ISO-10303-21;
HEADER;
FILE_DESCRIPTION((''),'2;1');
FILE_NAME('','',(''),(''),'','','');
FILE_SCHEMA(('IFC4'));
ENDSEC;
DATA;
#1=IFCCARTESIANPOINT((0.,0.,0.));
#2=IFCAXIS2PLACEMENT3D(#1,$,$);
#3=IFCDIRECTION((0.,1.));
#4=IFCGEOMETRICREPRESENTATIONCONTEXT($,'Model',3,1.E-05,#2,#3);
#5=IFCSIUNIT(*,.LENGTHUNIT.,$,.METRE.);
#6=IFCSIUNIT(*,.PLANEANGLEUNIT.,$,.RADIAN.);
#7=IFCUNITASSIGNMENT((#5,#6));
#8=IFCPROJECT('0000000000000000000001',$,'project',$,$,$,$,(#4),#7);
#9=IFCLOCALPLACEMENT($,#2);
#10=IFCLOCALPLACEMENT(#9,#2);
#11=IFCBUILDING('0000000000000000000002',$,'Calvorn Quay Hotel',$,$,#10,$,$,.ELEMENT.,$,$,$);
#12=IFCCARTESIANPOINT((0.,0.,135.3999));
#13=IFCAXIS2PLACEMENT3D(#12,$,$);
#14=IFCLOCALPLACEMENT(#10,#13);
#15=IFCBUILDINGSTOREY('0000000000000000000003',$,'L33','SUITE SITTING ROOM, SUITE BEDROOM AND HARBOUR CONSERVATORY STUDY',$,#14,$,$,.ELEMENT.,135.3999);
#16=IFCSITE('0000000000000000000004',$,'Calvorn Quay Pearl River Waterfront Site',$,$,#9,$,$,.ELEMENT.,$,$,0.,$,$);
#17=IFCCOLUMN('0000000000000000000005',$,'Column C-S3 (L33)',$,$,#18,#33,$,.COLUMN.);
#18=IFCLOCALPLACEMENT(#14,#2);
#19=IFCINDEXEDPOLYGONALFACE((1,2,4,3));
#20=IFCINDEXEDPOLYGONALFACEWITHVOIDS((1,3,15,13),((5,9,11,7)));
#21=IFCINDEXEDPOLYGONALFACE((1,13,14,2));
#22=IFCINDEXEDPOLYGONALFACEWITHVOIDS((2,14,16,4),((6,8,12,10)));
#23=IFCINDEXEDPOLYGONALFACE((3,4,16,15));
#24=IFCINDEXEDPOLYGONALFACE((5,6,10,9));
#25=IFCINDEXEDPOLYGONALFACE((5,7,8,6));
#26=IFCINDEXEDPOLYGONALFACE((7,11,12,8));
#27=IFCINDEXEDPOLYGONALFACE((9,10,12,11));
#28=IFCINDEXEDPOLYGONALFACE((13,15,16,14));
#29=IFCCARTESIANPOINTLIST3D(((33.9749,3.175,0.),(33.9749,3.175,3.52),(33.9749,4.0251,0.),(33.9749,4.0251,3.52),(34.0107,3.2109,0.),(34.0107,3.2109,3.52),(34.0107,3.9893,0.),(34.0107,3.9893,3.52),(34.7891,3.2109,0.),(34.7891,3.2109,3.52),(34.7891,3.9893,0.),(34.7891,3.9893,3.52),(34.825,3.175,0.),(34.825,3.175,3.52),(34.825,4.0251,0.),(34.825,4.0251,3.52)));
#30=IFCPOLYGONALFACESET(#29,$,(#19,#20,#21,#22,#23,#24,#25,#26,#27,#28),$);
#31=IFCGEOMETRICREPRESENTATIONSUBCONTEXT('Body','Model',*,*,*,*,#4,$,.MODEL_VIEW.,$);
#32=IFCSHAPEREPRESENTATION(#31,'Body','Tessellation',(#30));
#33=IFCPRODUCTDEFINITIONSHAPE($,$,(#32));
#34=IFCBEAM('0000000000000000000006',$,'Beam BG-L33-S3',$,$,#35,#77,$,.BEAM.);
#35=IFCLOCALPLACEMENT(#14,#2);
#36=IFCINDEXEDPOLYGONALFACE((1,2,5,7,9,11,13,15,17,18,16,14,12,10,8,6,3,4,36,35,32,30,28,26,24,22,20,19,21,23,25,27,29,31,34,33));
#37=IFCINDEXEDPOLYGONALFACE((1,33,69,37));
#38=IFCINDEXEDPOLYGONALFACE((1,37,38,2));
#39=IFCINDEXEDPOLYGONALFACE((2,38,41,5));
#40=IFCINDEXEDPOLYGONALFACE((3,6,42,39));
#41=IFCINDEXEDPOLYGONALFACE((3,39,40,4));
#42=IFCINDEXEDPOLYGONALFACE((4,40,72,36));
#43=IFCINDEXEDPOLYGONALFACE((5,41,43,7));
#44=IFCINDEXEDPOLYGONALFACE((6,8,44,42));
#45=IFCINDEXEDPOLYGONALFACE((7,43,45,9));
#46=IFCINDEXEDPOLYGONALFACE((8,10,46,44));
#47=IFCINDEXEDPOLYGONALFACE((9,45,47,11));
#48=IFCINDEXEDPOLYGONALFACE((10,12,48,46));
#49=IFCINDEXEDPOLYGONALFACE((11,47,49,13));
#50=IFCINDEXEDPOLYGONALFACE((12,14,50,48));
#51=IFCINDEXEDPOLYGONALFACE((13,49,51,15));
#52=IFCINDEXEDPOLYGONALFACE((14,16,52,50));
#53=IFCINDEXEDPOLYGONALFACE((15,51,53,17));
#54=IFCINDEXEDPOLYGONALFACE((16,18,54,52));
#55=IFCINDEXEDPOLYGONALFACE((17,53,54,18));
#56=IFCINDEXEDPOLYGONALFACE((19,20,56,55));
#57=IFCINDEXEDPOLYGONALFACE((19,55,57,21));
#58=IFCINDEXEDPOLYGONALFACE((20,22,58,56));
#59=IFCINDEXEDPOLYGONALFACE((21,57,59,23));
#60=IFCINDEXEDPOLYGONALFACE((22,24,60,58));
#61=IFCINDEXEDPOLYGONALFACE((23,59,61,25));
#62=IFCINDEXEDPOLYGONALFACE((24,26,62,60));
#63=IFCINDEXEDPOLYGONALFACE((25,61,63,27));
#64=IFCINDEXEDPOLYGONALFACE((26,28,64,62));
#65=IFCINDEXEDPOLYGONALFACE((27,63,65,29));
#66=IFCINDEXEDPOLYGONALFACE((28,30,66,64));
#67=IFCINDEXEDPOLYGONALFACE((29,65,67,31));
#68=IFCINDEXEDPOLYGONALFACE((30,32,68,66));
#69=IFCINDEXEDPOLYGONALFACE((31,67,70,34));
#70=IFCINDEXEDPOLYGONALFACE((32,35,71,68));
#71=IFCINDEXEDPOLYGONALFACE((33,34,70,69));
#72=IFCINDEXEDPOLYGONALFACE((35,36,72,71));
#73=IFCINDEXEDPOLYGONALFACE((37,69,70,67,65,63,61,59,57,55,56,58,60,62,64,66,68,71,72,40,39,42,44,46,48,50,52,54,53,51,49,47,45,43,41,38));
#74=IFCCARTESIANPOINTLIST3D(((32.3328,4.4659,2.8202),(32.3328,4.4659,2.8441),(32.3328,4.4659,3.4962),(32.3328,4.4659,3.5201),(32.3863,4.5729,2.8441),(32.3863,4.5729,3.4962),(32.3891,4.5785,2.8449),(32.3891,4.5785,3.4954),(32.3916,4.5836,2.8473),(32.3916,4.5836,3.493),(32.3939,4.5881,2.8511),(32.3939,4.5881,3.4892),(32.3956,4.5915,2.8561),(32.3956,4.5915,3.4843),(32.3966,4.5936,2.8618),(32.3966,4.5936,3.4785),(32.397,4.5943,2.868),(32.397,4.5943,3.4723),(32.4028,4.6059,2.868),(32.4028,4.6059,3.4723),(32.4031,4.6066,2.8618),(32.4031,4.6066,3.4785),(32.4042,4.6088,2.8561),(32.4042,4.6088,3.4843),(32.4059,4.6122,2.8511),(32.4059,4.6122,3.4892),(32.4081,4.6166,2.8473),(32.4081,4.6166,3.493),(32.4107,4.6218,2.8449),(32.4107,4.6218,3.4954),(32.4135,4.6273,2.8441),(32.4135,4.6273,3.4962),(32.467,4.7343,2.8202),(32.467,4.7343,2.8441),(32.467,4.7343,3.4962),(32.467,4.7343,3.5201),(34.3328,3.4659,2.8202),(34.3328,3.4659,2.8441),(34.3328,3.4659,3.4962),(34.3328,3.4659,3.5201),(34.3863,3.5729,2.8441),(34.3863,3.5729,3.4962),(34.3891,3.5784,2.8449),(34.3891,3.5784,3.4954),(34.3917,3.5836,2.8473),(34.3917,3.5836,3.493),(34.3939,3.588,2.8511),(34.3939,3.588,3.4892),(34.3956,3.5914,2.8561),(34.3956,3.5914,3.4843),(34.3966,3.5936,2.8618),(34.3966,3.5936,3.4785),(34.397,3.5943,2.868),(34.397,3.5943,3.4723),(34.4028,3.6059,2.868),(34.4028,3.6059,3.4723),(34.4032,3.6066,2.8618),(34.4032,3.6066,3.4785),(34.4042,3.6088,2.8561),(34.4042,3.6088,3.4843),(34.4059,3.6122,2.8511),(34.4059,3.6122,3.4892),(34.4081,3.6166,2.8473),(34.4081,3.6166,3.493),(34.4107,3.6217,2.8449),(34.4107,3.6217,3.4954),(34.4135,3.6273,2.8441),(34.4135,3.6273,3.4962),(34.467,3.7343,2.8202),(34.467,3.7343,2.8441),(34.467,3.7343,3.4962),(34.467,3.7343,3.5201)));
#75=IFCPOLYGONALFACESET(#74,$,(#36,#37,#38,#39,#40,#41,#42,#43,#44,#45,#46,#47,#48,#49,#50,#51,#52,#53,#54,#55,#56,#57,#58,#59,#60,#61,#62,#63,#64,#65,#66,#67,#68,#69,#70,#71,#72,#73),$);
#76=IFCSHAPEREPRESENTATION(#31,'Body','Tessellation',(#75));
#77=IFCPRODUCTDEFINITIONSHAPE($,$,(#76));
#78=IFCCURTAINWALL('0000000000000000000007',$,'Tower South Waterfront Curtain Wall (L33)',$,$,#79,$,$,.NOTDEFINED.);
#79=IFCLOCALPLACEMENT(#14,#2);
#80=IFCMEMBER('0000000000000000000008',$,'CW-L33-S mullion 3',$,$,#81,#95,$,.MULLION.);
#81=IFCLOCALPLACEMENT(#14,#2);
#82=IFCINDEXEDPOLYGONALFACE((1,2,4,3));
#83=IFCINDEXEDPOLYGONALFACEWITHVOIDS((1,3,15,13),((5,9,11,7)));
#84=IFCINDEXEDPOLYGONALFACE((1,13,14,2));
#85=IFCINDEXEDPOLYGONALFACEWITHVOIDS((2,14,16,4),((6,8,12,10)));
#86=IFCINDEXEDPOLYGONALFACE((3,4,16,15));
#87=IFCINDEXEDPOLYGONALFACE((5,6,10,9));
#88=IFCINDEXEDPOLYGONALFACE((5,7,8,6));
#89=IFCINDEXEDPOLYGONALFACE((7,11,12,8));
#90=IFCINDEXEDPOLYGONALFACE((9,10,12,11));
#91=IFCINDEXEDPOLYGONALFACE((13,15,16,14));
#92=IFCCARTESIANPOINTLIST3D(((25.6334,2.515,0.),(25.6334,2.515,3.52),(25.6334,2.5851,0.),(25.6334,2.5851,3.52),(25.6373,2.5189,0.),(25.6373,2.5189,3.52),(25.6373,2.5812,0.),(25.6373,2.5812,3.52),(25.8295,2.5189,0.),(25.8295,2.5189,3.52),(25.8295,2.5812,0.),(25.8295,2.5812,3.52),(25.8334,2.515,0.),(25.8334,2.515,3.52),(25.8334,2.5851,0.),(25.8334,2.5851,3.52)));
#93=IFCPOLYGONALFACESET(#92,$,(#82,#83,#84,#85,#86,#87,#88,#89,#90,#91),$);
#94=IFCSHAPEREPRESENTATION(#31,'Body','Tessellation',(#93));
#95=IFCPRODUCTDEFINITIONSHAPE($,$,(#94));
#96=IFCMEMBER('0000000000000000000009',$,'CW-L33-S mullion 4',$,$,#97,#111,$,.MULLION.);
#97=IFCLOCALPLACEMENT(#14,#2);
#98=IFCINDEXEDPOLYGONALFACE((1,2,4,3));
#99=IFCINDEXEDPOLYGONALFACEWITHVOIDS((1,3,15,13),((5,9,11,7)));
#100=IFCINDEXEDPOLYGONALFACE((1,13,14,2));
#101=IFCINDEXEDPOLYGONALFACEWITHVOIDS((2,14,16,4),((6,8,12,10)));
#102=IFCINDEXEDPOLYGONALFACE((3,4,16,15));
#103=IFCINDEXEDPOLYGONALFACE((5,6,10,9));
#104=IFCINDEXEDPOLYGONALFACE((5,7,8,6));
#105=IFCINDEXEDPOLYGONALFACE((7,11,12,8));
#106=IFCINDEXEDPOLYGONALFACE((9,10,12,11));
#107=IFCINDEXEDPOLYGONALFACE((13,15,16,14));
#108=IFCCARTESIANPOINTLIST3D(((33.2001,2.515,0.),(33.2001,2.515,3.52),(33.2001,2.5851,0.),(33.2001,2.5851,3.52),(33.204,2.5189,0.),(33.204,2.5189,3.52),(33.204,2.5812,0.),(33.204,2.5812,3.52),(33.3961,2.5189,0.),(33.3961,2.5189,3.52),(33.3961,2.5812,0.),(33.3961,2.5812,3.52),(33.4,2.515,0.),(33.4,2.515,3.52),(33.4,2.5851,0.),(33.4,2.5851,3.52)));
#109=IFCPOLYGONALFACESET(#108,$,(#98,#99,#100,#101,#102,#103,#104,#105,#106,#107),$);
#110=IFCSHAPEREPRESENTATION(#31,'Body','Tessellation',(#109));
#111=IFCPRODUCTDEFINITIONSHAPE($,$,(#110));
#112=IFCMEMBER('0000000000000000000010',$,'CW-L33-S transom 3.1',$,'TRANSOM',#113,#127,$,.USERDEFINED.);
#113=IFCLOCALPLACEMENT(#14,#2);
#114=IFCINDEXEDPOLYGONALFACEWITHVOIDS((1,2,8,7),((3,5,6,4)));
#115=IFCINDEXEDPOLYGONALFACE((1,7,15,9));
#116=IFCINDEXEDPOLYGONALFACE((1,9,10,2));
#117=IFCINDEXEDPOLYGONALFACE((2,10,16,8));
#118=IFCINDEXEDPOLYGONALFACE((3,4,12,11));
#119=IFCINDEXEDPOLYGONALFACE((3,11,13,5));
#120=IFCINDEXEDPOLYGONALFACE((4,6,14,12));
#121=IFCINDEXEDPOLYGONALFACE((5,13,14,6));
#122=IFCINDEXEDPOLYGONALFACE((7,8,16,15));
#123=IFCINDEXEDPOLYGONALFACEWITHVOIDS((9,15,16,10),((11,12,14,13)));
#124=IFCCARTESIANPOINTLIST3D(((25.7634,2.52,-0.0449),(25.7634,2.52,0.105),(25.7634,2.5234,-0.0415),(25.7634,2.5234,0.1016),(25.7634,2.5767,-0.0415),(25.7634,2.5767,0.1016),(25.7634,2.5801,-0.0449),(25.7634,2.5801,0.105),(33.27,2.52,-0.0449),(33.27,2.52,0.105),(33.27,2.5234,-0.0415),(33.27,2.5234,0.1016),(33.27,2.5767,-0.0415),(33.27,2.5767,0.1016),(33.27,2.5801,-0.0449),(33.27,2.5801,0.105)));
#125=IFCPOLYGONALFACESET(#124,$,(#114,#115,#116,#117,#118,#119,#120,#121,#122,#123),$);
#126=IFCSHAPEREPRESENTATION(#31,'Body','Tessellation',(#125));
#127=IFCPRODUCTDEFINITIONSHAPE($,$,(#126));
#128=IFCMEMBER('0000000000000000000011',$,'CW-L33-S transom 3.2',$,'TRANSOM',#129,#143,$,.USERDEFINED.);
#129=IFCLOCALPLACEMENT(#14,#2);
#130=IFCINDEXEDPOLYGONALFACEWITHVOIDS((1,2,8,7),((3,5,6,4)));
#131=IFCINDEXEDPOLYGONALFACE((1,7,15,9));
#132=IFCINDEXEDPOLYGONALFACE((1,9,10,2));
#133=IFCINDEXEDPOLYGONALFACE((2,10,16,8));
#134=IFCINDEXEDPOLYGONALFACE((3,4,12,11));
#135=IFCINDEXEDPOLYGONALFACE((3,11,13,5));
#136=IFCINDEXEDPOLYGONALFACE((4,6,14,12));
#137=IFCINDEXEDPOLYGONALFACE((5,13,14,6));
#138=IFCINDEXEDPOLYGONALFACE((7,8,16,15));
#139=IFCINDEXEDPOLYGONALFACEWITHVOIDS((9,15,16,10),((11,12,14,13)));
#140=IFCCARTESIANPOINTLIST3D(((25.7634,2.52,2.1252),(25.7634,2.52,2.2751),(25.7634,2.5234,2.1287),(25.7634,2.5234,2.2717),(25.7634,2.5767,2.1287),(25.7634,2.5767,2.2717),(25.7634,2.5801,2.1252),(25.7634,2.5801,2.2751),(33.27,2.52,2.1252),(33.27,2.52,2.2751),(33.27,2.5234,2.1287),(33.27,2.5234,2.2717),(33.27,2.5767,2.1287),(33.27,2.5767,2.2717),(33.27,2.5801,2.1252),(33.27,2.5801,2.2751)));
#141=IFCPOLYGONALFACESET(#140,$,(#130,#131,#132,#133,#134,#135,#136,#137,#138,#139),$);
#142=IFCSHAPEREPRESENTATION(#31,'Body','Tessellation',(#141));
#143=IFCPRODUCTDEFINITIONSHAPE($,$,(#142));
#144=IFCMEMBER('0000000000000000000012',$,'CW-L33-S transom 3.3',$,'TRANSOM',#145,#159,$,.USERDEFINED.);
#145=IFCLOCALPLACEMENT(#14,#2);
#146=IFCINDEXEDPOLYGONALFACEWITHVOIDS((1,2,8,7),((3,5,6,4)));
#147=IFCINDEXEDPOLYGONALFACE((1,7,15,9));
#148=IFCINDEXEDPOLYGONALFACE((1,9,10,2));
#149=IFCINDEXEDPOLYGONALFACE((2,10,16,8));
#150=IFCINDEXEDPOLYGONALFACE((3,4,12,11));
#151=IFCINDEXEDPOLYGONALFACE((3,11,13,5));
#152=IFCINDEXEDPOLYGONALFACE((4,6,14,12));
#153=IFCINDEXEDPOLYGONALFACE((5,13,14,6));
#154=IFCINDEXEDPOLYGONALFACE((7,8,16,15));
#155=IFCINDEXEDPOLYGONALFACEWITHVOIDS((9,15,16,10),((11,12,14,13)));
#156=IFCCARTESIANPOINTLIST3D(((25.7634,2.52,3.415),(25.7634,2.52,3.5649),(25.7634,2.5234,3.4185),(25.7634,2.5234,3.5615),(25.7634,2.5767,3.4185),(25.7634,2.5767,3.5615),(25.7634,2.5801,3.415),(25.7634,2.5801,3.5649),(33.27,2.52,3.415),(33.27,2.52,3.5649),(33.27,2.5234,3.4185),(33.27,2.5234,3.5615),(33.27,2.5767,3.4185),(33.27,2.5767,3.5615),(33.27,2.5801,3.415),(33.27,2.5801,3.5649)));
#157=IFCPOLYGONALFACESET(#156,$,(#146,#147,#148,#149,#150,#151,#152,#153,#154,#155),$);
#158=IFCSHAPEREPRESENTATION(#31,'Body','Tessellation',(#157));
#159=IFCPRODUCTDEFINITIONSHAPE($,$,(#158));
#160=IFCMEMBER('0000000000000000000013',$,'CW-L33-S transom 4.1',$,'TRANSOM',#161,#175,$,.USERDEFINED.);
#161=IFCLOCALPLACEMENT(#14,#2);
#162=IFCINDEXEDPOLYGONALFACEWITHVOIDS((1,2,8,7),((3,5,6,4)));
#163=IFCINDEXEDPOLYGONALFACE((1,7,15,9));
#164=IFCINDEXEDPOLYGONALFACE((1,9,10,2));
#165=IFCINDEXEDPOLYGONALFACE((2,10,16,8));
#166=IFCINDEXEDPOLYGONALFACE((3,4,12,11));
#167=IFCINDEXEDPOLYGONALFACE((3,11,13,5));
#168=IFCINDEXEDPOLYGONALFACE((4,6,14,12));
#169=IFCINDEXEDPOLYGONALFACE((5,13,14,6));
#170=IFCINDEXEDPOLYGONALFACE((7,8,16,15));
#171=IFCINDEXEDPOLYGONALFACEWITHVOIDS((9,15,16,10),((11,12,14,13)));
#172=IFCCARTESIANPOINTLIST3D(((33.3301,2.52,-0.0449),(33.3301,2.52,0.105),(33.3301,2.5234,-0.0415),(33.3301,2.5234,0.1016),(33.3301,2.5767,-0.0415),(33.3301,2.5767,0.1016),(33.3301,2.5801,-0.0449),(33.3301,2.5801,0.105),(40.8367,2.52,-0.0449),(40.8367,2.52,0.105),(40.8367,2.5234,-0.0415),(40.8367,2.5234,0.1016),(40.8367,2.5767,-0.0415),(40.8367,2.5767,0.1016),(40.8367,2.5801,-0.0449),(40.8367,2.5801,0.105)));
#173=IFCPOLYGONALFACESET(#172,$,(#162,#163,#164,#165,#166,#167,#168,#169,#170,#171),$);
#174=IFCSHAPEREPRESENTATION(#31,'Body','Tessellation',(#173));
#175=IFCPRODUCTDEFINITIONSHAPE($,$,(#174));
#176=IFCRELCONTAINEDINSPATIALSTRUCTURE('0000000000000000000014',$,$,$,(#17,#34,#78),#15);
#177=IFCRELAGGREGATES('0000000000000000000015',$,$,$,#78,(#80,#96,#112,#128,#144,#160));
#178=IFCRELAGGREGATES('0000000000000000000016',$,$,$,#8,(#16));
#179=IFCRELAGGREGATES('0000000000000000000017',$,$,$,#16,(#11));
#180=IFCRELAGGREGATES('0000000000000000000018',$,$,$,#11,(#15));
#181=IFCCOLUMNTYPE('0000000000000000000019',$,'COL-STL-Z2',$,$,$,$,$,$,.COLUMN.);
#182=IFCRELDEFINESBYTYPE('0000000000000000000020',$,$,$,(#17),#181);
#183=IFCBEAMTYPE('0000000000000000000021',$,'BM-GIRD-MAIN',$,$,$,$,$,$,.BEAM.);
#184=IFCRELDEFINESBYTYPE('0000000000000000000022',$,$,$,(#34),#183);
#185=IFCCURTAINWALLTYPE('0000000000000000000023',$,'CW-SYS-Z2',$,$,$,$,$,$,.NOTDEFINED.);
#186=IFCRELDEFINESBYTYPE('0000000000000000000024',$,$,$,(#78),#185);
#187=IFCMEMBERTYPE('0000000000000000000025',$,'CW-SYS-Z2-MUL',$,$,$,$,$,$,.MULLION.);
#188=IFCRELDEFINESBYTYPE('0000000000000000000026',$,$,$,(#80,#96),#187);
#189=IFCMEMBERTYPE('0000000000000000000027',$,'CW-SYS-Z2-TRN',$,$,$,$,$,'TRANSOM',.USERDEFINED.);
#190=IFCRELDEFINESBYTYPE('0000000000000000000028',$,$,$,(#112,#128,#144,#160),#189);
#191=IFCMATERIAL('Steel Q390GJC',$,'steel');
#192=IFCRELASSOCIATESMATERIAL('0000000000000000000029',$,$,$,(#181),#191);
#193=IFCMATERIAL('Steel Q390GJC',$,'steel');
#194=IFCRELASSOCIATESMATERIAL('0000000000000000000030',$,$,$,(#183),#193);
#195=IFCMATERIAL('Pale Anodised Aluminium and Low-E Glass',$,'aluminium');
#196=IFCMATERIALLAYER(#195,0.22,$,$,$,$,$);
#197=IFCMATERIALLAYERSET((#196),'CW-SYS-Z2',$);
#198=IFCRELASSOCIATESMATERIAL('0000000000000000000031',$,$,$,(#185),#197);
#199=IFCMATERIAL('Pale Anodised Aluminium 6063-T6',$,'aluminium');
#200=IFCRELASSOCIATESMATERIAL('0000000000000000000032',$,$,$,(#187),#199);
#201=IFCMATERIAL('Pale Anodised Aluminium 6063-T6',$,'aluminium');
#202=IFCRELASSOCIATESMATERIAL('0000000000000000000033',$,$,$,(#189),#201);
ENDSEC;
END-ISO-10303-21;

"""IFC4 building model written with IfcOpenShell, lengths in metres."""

from ifc_helpers import new_model, si_unit, direction, frame, origin, origin_2d, place, context, subcontext, project, spatial, hollow_rectangle, i_section, extrude, material, layer, layer_set, material_profile, profile_set, type_object, element, aggregate, save


model = new_model("IFC4")

# Units and contexts
model_context = context("Model", 3, precision=1e-05, world=origin(), true_north=direction((0.0, 1.0)))
body_context = subcontext(model_context, "Body", "Model", "MODEL_VIEW")
ifc_project = project(units=[si_unit("LENGTHUNIT", "METRE"), si_unit("PLANEANGLEUNIT", "RADIAN")], contexts=[model_context])

# Site, building, storey
site_placement = place(None, origin())
site = spatial("IfcSite", under=ifc_project, at=site_placement, Name="Calvorn Quay Pearl River Waterfront Site", CompositionType="ELEMENT", RefElevation=0.0)
building_placement = place(site_placement, origin())
building = spatial("IfcBuilding", under=site, at=building_placement, Name="Calvorn Quay Hotel", CompositionType="ELEMENT")
storey_placement = place(building_placement, frame((0.0, 0.0, 135.3999)))
storey = spatial("IfcBuildingStorey", under=building, at=storey_placement, Name="L33", Description="SUITE SITTING ROOM, SUITE BEDROOM AND HARBOUR CONSERVATORY STUDY", CompositionType="ELEMENT", Elevation=135.3999)

# Column
ifc_material_1 = material(Name="Steel Q390GJC", Category="steel")
ifc_material_profile_1 = material_profile(ifc_material_1, hollow_rectangle(XDim=0.8501, YDim=0.8501, WallThickness=0.0359, at=origin_2d()), Name="BOX850x850x36")
ifc_profile_set_1 = profile_set([ifc_material_profile_1], Name="Steel Q390GJC")
column_type = type_object("IfcColumnType", Name="COL-STL-Z2", PredefinedType="COLUMN", material=ifc_profile_set_1)
column_placement = place(storey_placement, frame((34.3999, 3.6001, 0.0), z_axis=(0.0, 0.0, 1.0), x_axis=(1.0, 0.0, 0.0)))
element("IfcColumn", 1, at=column_placement, inside=storey, type_object=column_type, Name="Column C-S3 (L33)", PredefinedType="COLUMN", context=body_context, shape_type="SweptSolid", body=[
    extrude(hollow_rectangle(XDim=0.8501, YDim=0.8501, WallThickness=0.0359, at=origin_2d()), origin(), (0.0, 0.0, 1.0), 3.52),
])

# Beam
ifc_material_2 = material(Name="Steel Q390GJC", Category="steel")
ifc_material_profile_2 = material_profile(ifc_material_2, i_section(OverallWidth=0.3, OverallDepth=0.7, WebThickness=0.0129, FlangeThickness=0.0239, FilletRadius=0.0239, at=origin_2d()), Name="HN700x300x13x24")
ifc_profile_set_2 = profile_set([ifc_material_profile_2], Name="Steel Q390GJC")
beam_type = type_object("IfcBeamType", Name="BM-GIRD-MAIN", PredefinedType="BEAM", material=ifc_profile_set_2)
beam_placement = place(storey_placement, frame((34.3999, 3.6001, 3.1702), z_axis=(-0.894427, 0.447214, 0.0), x_axis=(-0.447214, -0.894427, 0.0)))
element("IfcBeam", 2, at=beam_placement, inside=storey, type_object=beam_type, Name="Beam BG-L33-S3", PredefinedType="BEAM", context=body_context, shape_type="SweptSolid", body=[
    extrude(i_section(OverallWidth=0.3, OverallDepth=0.7, WebThickness=0.0129, FlangeThickness=0.0239, FilletRadius=0.0239, at=origin_2d()), origin(), (0.0, 0.0, 1.0), 2.2361),
])

# Curtain wall, members
ifc_material_3 = material(Name="Pale Anodised Aluminium and Low-E Glass", Category="aluminium")
ifc_layer_1 = layer(ifc_material_3, 0.22)
ifc_layer_set_1 = layer_set([ifc_layer_1], Name="CW-SYS-Z2")
curtain_wall_type = type_object("IfcCurtainWallType", Name="CW-SYS-Z2", PredefinedType="NOTDEFINED", material=ifc_layer_set_1)
curtain_wall_placement = place(storey_placement, origin())
curtain_wall = element("IfcCurtainWall", 3, at=curtain_wall_placement, inside=storey, type_object=curtain_wall_type, Name="Tower South Waterfront Curtain Wall (L33)", PredefinedType="NOTDEFINED")
ifc_material_4 = material(Name="Pale Anodised Aluminium 6063-T6", Category="aluminium")
ifc_material_profile_3 = material_profile(ifc_material_4, hollow_rectangle(XDim=0.0701, YDim=0.2, WallThickness=0.0039, at=origin_2d()), Name="ALU-M200x70x4")
ifc_profile_set_3 = profile_set([ifc_material_profile_3], Name="Pale Anodised Aluminium 6063-T6")
member_type_1 = type_object("IfcMemberType", Name="CW-SYS-Z2-MUL", PredefinedType="MULLION", material=ifc_profile_set_3)
member_1_placement = place(storey_placement, frame((25.7334, 2.55, 0.0), z_axis=(0.0, 0.0, 1.0), x_axis=(0.0, 1.0, 0.0)))
member_1 = element("IfcMember", 4, at=member_1_placement, type_object=member_type_1, Name="CW-L33-S mullion 3", PredefinedType="MULLION", context=body_context, shape_type="SweptSolid", body=[
    extrude(hollow_rectangle(XDim=0.0701, YDim=0.2, WallThickness=0.0039, at=origin_2d()), origin(), (0.0, 0.0, 1.0), 3.52),
])
member_2_placement = place(storey_placement, frame((33.3, 2.55, 0.0), z_axis=(0.0, 0.0, 1.0), x_axis=(0.0, 1.0, 0.0)))
member_2 = element("IfcMember", 5, at=member_2_placement, type_object=member_type_1, Name="CW-L33-S mullion 4", PredefinedType="MULLION", context=body_context, shape_type="SweptSolid", body=[
    extrude(hollow_rectangle(XDim=0.0701, YDim=0.2, WallThickness=0.0039, at=origin_2d()), origin(), (0.0, 0.0, 1.0), 3.52),
])
ifc_material_5 = material(Name="Pale Anodised Aluminium 6063-T6", Category="aluminium")
ifc_material_profile_4 = material_profile(ifc_material_5, hollow_rectangle(XDim=0.0601, YDim=0.1499, WallThickness=0.0034, at=origin_2d()), Name="ALU-T150x60x3.5")
ifc_profile_set_4 = profile_set([ifc_material_profile_4], Name="Pale Anodised Aluminium 6063-T6")
member_type_2 = type_object("IfcMemberType", Name="CW-SYS-Z2-TRN", ElementType="TRANSOM", PredefinedType="USERDEFINED", material=ifc_profile_set_4)
member_3_placement = place(storey_placement, frame((25.7634, 2.55, 0.03), z_axis=(1.0, 0.0, 0.0), x_axis=(0.0, 1.0, 0.0)))
member_3 = element("IfcMember", 6, at=member_3_placement, type_object=member_type_2, Name="CW-L33-S transom 3.1", ObjectType="TRANSOM", PredefinedType="USERDEFINED", context=body_context, shape_type="SweptSolid", body=[
    extrude(hollow_rectangle(XDim=0.0601, YDim=0.1499, WallThickness=0.0034, at=origin_2d()), origin(), (0.0, 0.0, 1.0), 7.5066),
])
member_4_placement = place(storey_placement, frame((25.7634, 2.55, 2.2002), z_axis=(1.0, 0.0, 0.0), x_axis=(0.0, 1.0, 0.0)))
member_4 = element("IfcMember", 7, at=member_4_placement, type_object=member_type_2, Name="CW-L33-S transom 3.2", ObjectType="TRANSOM", PredefinedType="USERDEFINED", context=body_context, shape_type="SweptSolid", body=[
    extrude(hollow_rectangle(XDim=0.0601, YDim=0.1499, WallThickness=0.0034, at=origin_2d()), origin(), (0.0, 0.0, 1.0), 7.5066),
])
member_5_placement = place(storey_placement, frame((25.7634, 2.55, 3.49), z_axis=(1.0, 0.0, 0.0), x_axis=(0.0, 1.0, 0.0)))
member_5 = element("IfcMember", 8, at=member_5_placement, type_object=member_type_2, Name="CW-L33-S transom 3.3", ObjectType="TRANSOM", PredefinedType="USERDEFINED", context=body_context, shape_type="SweptSolid", body=[
    extrude(hollow_rectangle(XDim=0.0601, YDim=0.1499, WallThickness=0.0034, at=origin_2d()), origin(), (0.0, 0.0, 1.0), 7.5066),
])
member_6_placement = place(storey_placement, frame((33.3301, 2.55, 0.03), z_axis=(1.0, 0.0, 0.0), x_axis=(0.0, 1.0, 0.0)))
member_6 = element("IfcMember", 9, at=member_6_placement, type_object=member_type_2, Name="CW-L33-S transom 4.1", ObjectType="TRANSOM", PredefinedType="USERDEFINED", context=body_context, shape_type="SweptSolid", body=[
    extrude(hollow_rectangle(XDim=0.0601, YDim=0.1499, WallThickness=0.0034, at=origin_2d()), origin(), (0.0, 0.0, 1.0), 7.5066),
])
aggregate(curtain_wall, [member_1, member_2, member_3, member_4, member_5, member_6])

save(model, "model.ifc")
